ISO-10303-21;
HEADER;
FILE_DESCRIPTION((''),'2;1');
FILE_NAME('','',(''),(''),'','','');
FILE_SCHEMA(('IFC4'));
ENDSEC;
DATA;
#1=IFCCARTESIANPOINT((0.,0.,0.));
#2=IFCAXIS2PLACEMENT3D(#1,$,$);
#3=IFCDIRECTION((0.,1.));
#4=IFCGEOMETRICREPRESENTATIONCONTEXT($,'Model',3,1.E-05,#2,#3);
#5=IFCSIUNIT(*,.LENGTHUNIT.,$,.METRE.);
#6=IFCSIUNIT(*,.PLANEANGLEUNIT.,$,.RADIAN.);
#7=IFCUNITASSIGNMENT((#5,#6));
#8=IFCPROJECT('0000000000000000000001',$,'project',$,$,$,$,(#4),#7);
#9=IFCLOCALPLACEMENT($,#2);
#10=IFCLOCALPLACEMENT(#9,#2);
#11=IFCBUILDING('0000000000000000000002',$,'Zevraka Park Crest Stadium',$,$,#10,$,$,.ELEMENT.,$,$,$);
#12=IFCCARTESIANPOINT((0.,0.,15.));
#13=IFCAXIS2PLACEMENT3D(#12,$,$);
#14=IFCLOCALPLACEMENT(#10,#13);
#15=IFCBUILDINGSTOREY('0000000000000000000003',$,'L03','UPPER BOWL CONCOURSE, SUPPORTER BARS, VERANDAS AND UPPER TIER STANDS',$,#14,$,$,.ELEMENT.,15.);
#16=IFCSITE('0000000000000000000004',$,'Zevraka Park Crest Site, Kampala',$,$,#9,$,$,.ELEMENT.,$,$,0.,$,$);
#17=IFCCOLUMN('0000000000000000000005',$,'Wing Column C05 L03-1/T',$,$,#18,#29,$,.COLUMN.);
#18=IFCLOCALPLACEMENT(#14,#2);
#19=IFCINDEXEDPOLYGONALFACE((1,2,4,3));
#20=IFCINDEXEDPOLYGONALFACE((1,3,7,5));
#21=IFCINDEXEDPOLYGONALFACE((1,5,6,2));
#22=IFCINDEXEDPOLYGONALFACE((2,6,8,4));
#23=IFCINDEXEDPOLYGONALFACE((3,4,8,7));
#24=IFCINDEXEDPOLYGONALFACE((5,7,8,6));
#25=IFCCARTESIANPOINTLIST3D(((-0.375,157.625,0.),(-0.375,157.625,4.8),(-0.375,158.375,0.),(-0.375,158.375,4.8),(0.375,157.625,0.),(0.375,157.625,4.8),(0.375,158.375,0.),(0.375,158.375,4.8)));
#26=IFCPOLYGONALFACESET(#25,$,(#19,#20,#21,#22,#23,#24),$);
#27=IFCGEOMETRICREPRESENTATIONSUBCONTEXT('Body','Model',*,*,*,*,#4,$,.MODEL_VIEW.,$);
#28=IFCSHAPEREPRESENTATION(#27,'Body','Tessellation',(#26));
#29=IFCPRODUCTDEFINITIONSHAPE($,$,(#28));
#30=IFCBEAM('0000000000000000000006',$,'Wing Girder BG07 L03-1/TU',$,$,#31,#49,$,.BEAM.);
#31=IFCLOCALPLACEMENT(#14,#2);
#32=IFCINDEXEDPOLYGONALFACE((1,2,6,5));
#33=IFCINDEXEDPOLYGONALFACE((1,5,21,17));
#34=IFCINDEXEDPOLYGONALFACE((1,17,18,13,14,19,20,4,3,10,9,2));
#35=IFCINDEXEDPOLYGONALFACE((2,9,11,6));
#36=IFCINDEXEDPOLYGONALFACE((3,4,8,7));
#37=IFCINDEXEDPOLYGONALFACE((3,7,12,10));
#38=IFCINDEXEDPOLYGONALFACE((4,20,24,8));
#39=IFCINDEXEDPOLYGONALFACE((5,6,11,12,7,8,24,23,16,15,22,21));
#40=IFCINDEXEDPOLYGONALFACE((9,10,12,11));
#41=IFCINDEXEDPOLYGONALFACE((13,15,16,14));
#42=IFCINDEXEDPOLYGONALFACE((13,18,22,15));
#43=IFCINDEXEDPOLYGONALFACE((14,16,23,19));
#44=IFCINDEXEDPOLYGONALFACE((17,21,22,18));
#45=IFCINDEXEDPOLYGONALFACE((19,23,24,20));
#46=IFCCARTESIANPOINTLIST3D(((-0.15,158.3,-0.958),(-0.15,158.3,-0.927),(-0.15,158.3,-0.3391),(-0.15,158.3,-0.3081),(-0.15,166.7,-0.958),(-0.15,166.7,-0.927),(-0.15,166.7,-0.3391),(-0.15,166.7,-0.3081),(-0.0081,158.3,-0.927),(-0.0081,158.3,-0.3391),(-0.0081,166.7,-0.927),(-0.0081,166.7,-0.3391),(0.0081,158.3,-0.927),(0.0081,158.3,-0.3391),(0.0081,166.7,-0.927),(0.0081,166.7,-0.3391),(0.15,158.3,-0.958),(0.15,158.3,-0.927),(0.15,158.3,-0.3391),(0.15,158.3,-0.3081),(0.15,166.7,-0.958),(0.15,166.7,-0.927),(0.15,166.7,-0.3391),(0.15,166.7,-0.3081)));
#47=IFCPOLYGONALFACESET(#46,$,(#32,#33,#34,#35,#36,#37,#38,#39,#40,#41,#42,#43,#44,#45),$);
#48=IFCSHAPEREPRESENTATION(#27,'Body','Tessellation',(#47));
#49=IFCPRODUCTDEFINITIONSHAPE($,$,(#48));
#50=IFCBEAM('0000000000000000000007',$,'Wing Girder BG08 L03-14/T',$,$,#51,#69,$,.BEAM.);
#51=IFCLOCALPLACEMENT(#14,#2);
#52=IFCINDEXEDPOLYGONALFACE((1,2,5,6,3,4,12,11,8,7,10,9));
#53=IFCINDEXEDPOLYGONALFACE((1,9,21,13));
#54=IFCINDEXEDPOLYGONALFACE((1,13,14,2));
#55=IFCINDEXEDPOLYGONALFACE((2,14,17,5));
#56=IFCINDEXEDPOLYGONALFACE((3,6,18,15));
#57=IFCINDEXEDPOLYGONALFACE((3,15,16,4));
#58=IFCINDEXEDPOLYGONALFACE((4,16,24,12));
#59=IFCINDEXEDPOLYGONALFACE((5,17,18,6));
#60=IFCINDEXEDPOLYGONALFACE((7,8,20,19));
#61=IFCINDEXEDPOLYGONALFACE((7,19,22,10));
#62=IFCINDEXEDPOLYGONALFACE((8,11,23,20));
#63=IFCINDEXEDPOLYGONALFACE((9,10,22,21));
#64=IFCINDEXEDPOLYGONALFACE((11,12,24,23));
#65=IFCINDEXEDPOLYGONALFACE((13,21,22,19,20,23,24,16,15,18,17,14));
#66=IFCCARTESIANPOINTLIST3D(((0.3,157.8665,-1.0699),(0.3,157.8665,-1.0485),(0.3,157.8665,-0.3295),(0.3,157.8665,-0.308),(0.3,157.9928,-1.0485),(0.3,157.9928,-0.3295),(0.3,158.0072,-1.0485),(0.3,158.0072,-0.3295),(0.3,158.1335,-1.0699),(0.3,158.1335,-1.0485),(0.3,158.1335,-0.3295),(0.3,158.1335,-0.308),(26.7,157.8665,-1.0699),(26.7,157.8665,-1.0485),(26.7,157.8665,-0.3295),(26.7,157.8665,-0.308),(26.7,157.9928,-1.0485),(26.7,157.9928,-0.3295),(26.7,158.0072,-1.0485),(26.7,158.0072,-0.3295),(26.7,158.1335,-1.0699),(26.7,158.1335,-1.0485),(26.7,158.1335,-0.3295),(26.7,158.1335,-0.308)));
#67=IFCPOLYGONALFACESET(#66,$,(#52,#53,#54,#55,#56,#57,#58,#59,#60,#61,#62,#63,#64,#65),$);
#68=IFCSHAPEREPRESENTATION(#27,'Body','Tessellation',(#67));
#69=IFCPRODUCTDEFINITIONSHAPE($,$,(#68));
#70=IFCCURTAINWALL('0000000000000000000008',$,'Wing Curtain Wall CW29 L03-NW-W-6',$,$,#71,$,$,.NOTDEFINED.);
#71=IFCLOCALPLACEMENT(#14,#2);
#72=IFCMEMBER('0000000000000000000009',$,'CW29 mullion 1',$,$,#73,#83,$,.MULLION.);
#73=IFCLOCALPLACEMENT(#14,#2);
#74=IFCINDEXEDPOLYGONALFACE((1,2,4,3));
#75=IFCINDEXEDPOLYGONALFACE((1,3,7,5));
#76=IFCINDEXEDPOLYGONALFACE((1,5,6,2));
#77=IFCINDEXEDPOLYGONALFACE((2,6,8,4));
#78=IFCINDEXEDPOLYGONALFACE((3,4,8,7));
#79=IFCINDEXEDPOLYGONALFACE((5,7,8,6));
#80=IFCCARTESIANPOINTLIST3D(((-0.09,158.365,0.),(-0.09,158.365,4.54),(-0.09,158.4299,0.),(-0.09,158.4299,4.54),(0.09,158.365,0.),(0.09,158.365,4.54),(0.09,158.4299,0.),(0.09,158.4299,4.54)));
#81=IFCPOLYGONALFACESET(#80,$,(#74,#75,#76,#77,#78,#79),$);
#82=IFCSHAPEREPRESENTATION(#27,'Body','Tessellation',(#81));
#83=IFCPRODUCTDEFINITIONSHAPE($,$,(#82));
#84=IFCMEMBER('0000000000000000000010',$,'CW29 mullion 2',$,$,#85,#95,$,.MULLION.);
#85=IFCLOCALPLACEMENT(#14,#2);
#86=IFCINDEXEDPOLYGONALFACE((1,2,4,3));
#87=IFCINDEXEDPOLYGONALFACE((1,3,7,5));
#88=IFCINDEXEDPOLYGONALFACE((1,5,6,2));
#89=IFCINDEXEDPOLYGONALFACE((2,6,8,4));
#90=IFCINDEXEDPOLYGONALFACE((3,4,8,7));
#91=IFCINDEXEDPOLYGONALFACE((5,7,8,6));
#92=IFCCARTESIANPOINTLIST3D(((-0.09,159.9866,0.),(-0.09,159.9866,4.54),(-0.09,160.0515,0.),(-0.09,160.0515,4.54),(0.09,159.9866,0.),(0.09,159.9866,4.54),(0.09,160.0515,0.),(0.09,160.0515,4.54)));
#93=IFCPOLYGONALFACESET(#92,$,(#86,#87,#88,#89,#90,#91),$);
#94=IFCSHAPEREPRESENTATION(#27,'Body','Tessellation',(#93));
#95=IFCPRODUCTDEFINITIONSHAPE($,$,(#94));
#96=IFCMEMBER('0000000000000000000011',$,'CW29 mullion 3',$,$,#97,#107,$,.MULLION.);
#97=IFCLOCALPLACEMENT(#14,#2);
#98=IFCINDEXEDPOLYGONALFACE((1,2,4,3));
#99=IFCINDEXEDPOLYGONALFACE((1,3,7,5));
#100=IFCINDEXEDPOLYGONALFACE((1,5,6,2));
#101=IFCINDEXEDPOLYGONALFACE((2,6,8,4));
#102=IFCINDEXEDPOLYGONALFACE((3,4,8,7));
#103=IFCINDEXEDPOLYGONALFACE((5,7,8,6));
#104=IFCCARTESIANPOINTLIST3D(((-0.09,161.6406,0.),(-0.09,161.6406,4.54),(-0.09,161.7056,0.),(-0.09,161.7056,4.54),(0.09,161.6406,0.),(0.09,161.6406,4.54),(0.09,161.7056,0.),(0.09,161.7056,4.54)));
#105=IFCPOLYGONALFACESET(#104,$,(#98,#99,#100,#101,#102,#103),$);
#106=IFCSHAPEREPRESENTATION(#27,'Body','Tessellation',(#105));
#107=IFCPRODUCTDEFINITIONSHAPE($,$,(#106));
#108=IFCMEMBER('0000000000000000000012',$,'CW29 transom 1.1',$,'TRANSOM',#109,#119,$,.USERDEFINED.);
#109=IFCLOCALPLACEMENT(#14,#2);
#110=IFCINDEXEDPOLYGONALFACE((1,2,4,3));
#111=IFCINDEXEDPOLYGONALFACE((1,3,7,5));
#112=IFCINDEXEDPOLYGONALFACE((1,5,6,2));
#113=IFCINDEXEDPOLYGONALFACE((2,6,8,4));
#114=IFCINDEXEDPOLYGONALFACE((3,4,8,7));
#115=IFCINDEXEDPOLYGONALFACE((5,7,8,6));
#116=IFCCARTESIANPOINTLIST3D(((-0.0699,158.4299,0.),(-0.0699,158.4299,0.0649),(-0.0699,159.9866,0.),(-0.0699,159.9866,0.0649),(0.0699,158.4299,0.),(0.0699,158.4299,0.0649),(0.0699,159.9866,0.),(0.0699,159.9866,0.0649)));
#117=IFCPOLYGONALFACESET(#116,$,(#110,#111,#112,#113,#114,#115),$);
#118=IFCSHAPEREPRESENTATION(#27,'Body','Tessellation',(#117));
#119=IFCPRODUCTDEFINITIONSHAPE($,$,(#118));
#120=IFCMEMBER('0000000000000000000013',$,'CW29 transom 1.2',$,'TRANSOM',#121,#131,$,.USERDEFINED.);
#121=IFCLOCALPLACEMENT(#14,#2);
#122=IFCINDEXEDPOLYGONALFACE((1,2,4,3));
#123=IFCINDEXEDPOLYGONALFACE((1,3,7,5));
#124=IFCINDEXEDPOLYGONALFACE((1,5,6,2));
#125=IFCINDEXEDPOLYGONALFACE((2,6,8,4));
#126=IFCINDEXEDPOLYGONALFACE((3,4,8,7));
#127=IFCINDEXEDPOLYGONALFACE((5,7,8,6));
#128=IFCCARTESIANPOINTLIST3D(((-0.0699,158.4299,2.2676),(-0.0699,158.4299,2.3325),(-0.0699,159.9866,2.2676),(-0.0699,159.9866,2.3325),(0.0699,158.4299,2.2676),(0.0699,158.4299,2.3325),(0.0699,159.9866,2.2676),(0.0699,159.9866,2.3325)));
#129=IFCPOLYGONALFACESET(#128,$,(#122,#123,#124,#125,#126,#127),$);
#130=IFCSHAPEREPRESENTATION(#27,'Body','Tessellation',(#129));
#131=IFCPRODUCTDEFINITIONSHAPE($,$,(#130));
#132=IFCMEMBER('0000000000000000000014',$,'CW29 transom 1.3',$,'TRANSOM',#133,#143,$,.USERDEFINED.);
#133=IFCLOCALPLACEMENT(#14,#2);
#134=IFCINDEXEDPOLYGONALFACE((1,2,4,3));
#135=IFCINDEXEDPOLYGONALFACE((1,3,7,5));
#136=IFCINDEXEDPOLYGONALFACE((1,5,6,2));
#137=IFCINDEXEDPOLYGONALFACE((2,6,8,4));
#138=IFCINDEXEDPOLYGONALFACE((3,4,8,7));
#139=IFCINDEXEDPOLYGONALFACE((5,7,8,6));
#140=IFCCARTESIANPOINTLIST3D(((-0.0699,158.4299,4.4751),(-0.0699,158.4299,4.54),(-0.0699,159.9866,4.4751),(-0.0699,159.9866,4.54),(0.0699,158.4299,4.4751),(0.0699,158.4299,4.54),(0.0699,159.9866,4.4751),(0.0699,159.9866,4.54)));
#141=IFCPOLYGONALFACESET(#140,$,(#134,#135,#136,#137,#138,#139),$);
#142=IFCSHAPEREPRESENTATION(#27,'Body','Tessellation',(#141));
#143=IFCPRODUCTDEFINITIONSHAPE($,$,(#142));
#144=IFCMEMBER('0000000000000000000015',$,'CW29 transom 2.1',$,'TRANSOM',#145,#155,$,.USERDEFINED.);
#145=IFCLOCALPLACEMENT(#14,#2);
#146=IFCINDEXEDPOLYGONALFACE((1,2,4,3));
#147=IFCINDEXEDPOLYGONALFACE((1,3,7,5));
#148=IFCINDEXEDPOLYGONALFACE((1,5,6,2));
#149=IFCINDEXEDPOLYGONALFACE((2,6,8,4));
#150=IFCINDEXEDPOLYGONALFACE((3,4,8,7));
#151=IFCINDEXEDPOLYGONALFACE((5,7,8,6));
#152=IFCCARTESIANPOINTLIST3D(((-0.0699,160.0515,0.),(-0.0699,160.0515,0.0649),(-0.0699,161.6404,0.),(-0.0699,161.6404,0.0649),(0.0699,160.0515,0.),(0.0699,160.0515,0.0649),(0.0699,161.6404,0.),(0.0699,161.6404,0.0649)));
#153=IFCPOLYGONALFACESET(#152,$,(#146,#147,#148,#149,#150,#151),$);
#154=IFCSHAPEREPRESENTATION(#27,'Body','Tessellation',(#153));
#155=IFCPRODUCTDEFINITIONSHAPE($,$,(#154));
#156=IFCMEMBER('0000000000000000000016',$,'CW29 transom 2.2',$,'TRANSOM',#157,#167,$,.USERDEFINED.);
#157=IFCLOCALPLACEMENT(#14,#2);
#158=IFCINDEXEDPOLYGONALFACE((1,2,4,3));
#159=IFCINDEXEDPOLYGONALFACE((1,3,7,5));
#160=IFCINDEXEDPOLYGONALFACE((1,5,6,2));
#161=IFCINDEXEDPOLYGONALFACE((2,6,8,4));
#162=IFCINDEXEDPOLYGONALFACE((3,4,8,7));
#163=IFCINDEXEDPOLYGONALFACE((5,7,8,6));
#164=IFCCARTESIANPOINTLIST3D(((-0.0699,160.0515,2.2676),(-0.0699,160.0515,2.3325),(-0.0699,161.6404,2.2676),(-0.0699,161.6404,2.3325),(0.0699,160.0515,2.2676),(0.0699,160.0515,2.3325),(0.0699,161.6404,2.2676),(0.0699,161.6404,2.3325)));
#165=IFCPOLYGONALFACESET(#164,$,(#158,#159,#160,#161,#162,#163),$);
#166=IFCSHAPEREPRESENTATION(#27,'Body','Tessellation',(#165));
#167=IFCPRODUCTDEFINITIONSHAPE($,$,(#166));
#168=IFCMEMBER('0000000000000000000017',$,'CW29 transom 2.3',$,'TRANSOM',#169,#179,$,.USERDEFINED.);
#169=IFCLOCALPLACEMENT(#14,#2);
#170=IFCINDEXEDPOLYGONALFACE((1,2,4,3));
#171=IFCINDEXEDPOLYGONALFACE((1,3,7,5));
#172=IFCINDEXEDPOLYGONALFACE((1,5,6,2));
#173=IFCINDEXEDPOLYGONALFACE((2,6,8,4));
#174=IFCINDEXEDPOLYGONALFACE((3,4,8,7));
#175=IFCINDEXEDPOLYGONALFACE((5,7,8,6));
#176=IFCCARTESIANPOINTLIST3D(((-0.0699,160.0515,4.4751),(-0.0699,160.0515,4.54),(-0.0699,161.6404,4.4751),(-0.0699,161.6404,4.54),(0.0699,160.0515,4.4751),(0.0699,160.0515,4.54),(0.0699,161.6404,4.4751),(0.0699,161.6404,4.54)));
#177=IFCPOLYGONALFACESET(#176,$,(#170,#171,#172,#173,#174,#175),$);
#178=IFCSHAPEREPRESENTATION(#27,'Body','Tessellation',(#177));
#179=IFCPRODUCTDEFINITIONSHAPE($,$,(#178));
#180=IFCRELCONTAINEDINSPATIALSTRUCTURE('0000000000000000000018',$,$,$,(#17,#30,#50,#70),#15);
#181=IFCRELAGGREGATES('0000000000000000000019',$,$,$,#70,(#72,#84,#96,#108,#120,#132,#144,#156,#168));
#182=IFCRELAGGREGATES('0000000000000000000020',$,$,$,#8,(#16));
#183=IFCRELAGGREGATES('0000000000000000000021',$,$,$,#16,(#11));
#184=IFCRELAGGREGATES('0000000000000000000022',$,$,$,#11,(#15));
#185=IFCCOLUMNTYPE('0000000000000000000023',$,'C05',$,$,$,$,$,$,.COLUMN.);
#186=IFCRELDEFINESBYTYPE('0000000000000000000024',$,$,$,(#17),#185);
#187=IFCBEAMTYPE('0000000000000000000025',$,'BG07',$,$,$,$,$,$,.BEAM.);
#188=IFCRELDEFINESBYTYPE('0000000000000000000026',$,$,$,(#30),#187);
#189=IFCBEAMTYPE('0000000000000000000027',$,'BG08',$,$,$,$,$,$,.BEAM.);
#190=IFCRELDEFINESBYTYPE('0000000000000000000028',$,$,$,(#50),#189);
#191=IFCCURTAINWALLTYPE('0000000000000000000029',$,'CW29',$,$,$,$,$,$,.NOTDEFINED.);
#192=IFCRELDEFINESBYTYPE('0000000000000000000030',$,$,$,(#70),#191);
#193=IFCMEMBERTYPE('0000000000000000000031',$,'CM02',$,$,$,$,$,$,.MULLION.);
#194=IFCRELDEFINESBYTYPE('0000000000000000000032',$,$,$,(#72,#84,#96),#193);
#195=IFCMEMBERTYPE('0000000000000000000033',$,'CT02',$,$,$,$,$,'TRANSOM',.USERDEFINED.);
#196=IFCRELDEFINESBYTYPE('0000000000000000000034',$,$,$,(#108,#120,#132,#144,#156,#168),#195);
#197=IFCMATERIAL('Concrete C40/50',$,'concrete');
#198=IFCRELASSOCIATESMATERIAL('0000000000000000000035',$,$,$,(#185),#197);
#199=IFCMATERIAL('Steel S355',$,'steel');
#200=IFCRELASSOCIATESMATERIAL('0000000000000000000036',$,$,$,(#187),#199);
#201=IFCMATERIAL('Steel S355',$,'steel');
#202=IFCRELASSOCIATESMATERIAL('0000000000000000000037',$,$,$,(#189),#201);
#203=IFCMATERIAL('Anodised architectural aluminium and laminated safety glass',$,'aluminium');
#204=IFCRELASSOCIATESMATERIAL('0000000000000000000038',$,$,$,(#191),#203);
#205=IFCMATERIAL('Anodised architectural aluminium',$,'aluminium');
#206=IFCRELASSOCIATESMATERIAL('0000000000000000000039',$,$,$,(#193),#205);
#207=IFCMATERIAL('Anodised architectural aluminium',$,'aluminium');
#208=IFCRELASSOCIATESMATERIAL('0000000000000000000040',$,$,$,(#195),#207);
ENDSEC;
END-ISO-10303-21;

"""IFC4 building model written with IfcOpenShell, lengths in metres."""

from ifc_helpers import new_model, si_unit, direction, frame, origin, origin_2d, place, context, subcontext, project, spatial, rectangle, i_section, extrude, material, material_profile, profile_set, type_object, element, aggregate, save


model = new_model("IFC4")

# Units and contexts
model_context = context("Model", 3, precision=1e-05, world=origin(), true_north=direction((0.0, 1.0)))
body_context = subcontext(model_context, "Body", "Model", "MODEL_VIEW")
ifc_project = project(units=[si_unit("LENGTHUNIT", "METRE"), si_unit("PLANEANGLEUNIT", "RADIAN")], contexts=[model_context])

# Site, building, storey
site_placement = place(None, origin())
site = spatial("IfcSite", under=ifc_project, at=site_placement, Name="Zevraka Park Crest Site, Kampala", CompositionType="ELEMENT", RefElevation=0.0)
building_placement = place(site_placement, origin())
building = spatial("IfcBuilding", under=site, at=building_placement, Name="Zevraka Park Crest Stadium", CompositionType="ELEMENT")
storey_placement = place(building_placement, frame((0.0, 0.0, 15.0)))
storey = spatial("IfcBuildingStorey", under=building, at=storey_placement, Name="L03", Description="UPPER BOWL CONCOURSE, SUPPORTER BARS, VERANDAS AND UPPER TIER STANDS", CompositionType="ELEMENT", Elevation=15.0)

# Column
ifc_material_1 = material(Name="Concrete C40/50", Category="concrete")
ifc_material_profile_1 = material_profile(ifc_material_1, rectangle(XDim=0.75, YDim=0.75, at=origin_2d()), Name="RC 750x750")
ifc_profile_set_1 = profile_set([ifc_material_profile_1], Name="Concrete C40/50")
column_type = type_object("IfcColumnType", Name="C05", PredefinedType="COLUMN", material=ifc_profile_set_1)
column_placement = place(storey_placement, frame((0.0, 158.0, 0.0), z_axis=(0.0, 0.0, 1.0), x_axis=(1.0, 0.0, 0.0)))
element("IfcColumn", 1, at=column_placement, inside=storey, type_object=column_type, Name="Wing Column C05 L03-1/T", PredefinedType="COLUMN", context=body_context, shape_type="SweptSolid", body=[
    extrude(rectangle(XDim=0.75, YDim=0.75, at=origin_2d()), origin(), (0.0, 0.0, 1.0), 4.8),
])

# Beams
ifc_material_2 = material(Name="Steel S355", Category="steel")
ifc_material_profile_2 = material_profile(ifc_material_2, i_section(OverallWidth=0.3, OverallDepth=0.6499, WebThickness=0.0161, FlangeThickness=0.031, at=origin_2d()), Name="HEB 650")
ifc_profile_set_2 = profile_set([ifc_material_profile_2], Name="Steel S355")
beam_type_1 = type_object("IfcBeamType", Name="BG07", PredefinedType="BEAM", material=ifc_profile_set_2)
beam_1_placement = place(storey_placement, frame((0.0, 158.3, -0.6331), z_axis=(0.0, 1.0, 0.0), x_axis=(-1.0, 0.0, 0.0)))
element("IfcBeam", 2, at=beam_1_placement, inside=storey, type_object=beam_type_1, Name="Wing Girder BG07 L03-1/TU", PredefinedType="BEAM", context=body_context, shape_type="SweptSolid", body=[
    extrude(i_section(OverallWidth=0.3, OverallDepth=0.6499, WebThickness=0.0161, FlangeThickness=0.031, at=origin_2d()), origin(), (0.0, 0.0, 1.0), 8.3999),
])
ifc_material_3 = material(Name="Steel S355", Category="steel")
ifc_material_profile_3 = material_profile(ifc_material_3, i_section(OverallWidth=0.2671, OverallDepth=0.762, WebThickness=0.0144, FlangeThickness=0.0215, at=origin_2d()), Name="UKB 762x267x173")
ifc_profile_set_3 = profile_set([ifc_material_profile_3], Name="Steel S355")
beam_type_2 = type_object("IfcBeamType", Name="BG08", PredefinedType="BEAM", material=ifc_profile_set_3)
beam_2_placement = place(storey_placement, frame((0.3, 158.0, -0.689), z_axis=(1.0, 0.0, 0.0), x_axis=(0.0, 1.0, 0.0)))
element("IfcBeam", 3, at=beam_2_placement, inside=storey, type_object=beam_type_2, Name="Wing Girder BG08 L03-14/T", PredefinedType="BEAM", context=body_context, shape_type="SweptSolid", body=[
    extrude(i_section(OverallWidth=0.2671, OverallDepth=0.762, WebThickness=0.0144, FlangeThickness=0.0215, at=origin_2d()), origin(), (0.0, 0.0, 1.0), 26.3999),
])

# Curtain wall, members
ifc_material_4 = material(Name="Anodised architectural aluminium and laminated safety glass", Category="aluminium")
curtain_wall_type = type_object("IfcCurtainWallType", Name="CW29", PredefinedType="NOTDEFINED", material=ifc_material_4)
curtain_wall_placement = place(storey_placement, origin())
curtain_wall = element("IfcCurtainWall", 4, at=curtain_wall_placement, inside=storey, type_object=curtain_wall_type, Name="Wing Curtain Wall CW29 L03-NW-W-6", PredefinedType="NOTDEFINED")
ifc_material_5 = material(Name="Anodised architectural aluminium", Category="aluminium")
ifc_material_profile_4 = material_profile(ifc_material_5, rectangle(XDim=0.1799, YDim=0.0649, at=origin_2d()), Name="ALU MULLION 180x65")
ifc_profile_set_4 = profile_set([ifc_material_profile_4], Name="Anodised architectural aluminium")
member_type_1 = type_object("IfcMemberType", Name="CM02", PredefinedType="MULLION", material=ifc_profile_set_4)
member_1_placement = place(storey_placement, frame((0.0, 158.3975, 0.0), z_axis=(0.0, 0.0, 1.0), x_axis=(-1.0, 0.0, 0.0)))
member_1 = element("IfcMember", 5, at=member_1_placement, type_object=member_type_1, Name="CW29 mullion 1", PredefinedType="MULLION", context=body_context, shape_type="SweptSolid", body=[
    extrude(rectangle(XDim=0.1799, YDim=0.0649, at=origin_2d()), origin(), (0.0, 0.0, 1.0), 4.54),
])
member_2_placement = place(storey_placement, frame((0.0, 160.019, 0.0), z_axis=(0.0, 0.0, 1.0), x_axis=(-1.0, 0.0, 0.0)))
member_2 = element("IfcMember", 6, at=member_2_placement, type_object=member_type_1, Name="CW29 mullion 2", PredefinedType="MULLION", context=body_context, shape_type="SweptSolid", body=[
    extrude(rectangle(XDim=0.1799, YDim=0.0649, at=origin_2d()), origin(), (0.0, 0.0, 1.0), 4.54),
])
member_3_placement = place(storey_placement, frame((0.0, 161.6731, 0.0), z_axis=(0.0, 0.0, 1.0), x_axis=(-1.0, 0.0, 0.0)))
member_3 = element("IfcMember", 7, at=member_3_placement, type_object=member_type_1, Name="CW29 mullion 3", PredefinedType="MULLION", context=body_context, shape_type="SweptSolid", body=[
    extrude(rectangle(XDim=0.1799, YDim=0.0649, at=origin_2d()), origin(), (0.0, 0.0, 1.0), 4.54),
])
ifc_material_6 = material(Name="Anodised architectural aluminium", Category="aluminium")
ifc_material_profile_5 = material_profile(ifc_material_6, rectangle(XDim=0.1399, YDim=0.0649, at=origin_2d()), Name="ALU TRANSOM 140x65")
ifc_profile_set_5 = profile_set([ifc_material_profile_5], Name="Anodised architectural aluminium")
member_type_2 = type_object("IfcMemberType", Name="CT02", ElementType="TRANSOM", PredefinedType="USERDEFINED", material=ifc_profile_set_5)
member_4_placement = place(storey_placement, frame((0.0, 158.4299, 0.0325), z_axis=(0.0, 1.0, 0.0), x_axis=(-1.0, 0.0, 0.0)))
member_4 = element("IfcMember", 8, at=member_4_placement, type_object=member_type_2, Name="CW29 transom 1.1", ObjectType="TRANSOM", PredefinedType="USERDEFINED", context=body_context, shape_type="SweptSolid", body=[
    extrude(rectangle(XDim=0.1399, YDim=0.0649, at=origin_2d()), origin(), (0.0, 0.0, 1.0), 1.5566),
])
member_5_placement = place(storey_placement, frame((0.0, 158.4299, 2.3), z_axis=(0.0, 1.0, 0.0), x_axis=(-1.0, 0.0, 0.0)))
member_5 = element("IfcMember", 9, at=member_5_placement, type_object=member_type_2, Name="CW29 transom 1.2", ObjectType="TRANSOM", PredefinedType="USERDEFINED", context=body_context, shape_type="SweptSolid", body=[
    extrude(rectangle(XDim=0.1399, YDim=0.0649, at=origin_2d()), origin(), (0.0, 0.0, 1.0), 1.5566),
])
member_6_placement = place(storey_placement, frame((0.0, 158.4299, 4.5076), z_axis=(0.0, 1.0, 0.0), x_axis=(-1.0, 0.0, 0.0)))
member_6 = element("IfcMember", 10, at=member_6_placement, type_object=member_type_2, Name="CW29 transom 1.3", ObjectType="TRANSOM", PredefinedType="USERDEFINED", context=body_context, shape_type="SweptSolid", body=[
    extrude(rectangle(XDim=0.1399, YDim=0.0649, at=origin_2d()), origin(), (0.0, 0.0, 1.0), 1.5566),
])
member_7_placement = place(storey_placement, frame((0.0, 160.0515, 0.0325), z_axis=(0.0, 1.0, 0.0), x_axis=(-1.0, 0.0, 0.0)))
member_7 = element("IfcMember", 11, at=member_7_placement, type_object=member_type_2, Name="CW29 transom 2.1", ObjectType="TRANSOM", PredefinedType="USERDEFINED", context=body_context, shape_type="SweptSolid", body=[
    extrude(rectangle(XDim=0.1399, YDim=0.0649, at=origin_2d()), origin(), (0.0, 0.0, 1.0), 1.5889),
])
member_8_placement = place(storey_placement, frame((0.0, 160.0515, 2.3), z_axis=(0.0, 1.0, 0.0), x_axis=(-1.0, 0.0, 0.0)))
member_8 = element("IfcMember", 12, at=member_8_placement, type_object=member_type_2, Name="CW29 transom 2.2", ObjectType="TRANSOM", PredefinedType="USERDEFINED", context=body_context, shape_type="SweptSolid", body=[
    extrude(rectangle(XDim=0.1399, YDim=0.0649, at=origin_2d()), origin(), (0.0, 0.0, 1.0), 1.5889),
])
member_9_placement = place(storey_placement, frame((0.0, 160.0515, 4.5076), z_axis=(0.0, 1.0, 0.0), x_axis=(-1.0, 0.0, 0.0)))
member_9 = element("IfcMember", 13, at=member_9_placement, type_object=member_type_2, Name="CW29 transom 2.3", ObjectType="TRANSOM", PredefinedType="USERDEFINED", context=body_context, shape_type="SweptSolid", body=[
    extrude(rectangle(XDim=0.1399, YDim=0.0649, at=origin_2d()), origin(), (0.0, 0.0, 1.0), 1.5889),
])
aggregate(curtain_wall, [member_1, member_2, member_3, member_4, member_5, member_6, member_7, member_8, member_9])

save(model, "model.ifc")
